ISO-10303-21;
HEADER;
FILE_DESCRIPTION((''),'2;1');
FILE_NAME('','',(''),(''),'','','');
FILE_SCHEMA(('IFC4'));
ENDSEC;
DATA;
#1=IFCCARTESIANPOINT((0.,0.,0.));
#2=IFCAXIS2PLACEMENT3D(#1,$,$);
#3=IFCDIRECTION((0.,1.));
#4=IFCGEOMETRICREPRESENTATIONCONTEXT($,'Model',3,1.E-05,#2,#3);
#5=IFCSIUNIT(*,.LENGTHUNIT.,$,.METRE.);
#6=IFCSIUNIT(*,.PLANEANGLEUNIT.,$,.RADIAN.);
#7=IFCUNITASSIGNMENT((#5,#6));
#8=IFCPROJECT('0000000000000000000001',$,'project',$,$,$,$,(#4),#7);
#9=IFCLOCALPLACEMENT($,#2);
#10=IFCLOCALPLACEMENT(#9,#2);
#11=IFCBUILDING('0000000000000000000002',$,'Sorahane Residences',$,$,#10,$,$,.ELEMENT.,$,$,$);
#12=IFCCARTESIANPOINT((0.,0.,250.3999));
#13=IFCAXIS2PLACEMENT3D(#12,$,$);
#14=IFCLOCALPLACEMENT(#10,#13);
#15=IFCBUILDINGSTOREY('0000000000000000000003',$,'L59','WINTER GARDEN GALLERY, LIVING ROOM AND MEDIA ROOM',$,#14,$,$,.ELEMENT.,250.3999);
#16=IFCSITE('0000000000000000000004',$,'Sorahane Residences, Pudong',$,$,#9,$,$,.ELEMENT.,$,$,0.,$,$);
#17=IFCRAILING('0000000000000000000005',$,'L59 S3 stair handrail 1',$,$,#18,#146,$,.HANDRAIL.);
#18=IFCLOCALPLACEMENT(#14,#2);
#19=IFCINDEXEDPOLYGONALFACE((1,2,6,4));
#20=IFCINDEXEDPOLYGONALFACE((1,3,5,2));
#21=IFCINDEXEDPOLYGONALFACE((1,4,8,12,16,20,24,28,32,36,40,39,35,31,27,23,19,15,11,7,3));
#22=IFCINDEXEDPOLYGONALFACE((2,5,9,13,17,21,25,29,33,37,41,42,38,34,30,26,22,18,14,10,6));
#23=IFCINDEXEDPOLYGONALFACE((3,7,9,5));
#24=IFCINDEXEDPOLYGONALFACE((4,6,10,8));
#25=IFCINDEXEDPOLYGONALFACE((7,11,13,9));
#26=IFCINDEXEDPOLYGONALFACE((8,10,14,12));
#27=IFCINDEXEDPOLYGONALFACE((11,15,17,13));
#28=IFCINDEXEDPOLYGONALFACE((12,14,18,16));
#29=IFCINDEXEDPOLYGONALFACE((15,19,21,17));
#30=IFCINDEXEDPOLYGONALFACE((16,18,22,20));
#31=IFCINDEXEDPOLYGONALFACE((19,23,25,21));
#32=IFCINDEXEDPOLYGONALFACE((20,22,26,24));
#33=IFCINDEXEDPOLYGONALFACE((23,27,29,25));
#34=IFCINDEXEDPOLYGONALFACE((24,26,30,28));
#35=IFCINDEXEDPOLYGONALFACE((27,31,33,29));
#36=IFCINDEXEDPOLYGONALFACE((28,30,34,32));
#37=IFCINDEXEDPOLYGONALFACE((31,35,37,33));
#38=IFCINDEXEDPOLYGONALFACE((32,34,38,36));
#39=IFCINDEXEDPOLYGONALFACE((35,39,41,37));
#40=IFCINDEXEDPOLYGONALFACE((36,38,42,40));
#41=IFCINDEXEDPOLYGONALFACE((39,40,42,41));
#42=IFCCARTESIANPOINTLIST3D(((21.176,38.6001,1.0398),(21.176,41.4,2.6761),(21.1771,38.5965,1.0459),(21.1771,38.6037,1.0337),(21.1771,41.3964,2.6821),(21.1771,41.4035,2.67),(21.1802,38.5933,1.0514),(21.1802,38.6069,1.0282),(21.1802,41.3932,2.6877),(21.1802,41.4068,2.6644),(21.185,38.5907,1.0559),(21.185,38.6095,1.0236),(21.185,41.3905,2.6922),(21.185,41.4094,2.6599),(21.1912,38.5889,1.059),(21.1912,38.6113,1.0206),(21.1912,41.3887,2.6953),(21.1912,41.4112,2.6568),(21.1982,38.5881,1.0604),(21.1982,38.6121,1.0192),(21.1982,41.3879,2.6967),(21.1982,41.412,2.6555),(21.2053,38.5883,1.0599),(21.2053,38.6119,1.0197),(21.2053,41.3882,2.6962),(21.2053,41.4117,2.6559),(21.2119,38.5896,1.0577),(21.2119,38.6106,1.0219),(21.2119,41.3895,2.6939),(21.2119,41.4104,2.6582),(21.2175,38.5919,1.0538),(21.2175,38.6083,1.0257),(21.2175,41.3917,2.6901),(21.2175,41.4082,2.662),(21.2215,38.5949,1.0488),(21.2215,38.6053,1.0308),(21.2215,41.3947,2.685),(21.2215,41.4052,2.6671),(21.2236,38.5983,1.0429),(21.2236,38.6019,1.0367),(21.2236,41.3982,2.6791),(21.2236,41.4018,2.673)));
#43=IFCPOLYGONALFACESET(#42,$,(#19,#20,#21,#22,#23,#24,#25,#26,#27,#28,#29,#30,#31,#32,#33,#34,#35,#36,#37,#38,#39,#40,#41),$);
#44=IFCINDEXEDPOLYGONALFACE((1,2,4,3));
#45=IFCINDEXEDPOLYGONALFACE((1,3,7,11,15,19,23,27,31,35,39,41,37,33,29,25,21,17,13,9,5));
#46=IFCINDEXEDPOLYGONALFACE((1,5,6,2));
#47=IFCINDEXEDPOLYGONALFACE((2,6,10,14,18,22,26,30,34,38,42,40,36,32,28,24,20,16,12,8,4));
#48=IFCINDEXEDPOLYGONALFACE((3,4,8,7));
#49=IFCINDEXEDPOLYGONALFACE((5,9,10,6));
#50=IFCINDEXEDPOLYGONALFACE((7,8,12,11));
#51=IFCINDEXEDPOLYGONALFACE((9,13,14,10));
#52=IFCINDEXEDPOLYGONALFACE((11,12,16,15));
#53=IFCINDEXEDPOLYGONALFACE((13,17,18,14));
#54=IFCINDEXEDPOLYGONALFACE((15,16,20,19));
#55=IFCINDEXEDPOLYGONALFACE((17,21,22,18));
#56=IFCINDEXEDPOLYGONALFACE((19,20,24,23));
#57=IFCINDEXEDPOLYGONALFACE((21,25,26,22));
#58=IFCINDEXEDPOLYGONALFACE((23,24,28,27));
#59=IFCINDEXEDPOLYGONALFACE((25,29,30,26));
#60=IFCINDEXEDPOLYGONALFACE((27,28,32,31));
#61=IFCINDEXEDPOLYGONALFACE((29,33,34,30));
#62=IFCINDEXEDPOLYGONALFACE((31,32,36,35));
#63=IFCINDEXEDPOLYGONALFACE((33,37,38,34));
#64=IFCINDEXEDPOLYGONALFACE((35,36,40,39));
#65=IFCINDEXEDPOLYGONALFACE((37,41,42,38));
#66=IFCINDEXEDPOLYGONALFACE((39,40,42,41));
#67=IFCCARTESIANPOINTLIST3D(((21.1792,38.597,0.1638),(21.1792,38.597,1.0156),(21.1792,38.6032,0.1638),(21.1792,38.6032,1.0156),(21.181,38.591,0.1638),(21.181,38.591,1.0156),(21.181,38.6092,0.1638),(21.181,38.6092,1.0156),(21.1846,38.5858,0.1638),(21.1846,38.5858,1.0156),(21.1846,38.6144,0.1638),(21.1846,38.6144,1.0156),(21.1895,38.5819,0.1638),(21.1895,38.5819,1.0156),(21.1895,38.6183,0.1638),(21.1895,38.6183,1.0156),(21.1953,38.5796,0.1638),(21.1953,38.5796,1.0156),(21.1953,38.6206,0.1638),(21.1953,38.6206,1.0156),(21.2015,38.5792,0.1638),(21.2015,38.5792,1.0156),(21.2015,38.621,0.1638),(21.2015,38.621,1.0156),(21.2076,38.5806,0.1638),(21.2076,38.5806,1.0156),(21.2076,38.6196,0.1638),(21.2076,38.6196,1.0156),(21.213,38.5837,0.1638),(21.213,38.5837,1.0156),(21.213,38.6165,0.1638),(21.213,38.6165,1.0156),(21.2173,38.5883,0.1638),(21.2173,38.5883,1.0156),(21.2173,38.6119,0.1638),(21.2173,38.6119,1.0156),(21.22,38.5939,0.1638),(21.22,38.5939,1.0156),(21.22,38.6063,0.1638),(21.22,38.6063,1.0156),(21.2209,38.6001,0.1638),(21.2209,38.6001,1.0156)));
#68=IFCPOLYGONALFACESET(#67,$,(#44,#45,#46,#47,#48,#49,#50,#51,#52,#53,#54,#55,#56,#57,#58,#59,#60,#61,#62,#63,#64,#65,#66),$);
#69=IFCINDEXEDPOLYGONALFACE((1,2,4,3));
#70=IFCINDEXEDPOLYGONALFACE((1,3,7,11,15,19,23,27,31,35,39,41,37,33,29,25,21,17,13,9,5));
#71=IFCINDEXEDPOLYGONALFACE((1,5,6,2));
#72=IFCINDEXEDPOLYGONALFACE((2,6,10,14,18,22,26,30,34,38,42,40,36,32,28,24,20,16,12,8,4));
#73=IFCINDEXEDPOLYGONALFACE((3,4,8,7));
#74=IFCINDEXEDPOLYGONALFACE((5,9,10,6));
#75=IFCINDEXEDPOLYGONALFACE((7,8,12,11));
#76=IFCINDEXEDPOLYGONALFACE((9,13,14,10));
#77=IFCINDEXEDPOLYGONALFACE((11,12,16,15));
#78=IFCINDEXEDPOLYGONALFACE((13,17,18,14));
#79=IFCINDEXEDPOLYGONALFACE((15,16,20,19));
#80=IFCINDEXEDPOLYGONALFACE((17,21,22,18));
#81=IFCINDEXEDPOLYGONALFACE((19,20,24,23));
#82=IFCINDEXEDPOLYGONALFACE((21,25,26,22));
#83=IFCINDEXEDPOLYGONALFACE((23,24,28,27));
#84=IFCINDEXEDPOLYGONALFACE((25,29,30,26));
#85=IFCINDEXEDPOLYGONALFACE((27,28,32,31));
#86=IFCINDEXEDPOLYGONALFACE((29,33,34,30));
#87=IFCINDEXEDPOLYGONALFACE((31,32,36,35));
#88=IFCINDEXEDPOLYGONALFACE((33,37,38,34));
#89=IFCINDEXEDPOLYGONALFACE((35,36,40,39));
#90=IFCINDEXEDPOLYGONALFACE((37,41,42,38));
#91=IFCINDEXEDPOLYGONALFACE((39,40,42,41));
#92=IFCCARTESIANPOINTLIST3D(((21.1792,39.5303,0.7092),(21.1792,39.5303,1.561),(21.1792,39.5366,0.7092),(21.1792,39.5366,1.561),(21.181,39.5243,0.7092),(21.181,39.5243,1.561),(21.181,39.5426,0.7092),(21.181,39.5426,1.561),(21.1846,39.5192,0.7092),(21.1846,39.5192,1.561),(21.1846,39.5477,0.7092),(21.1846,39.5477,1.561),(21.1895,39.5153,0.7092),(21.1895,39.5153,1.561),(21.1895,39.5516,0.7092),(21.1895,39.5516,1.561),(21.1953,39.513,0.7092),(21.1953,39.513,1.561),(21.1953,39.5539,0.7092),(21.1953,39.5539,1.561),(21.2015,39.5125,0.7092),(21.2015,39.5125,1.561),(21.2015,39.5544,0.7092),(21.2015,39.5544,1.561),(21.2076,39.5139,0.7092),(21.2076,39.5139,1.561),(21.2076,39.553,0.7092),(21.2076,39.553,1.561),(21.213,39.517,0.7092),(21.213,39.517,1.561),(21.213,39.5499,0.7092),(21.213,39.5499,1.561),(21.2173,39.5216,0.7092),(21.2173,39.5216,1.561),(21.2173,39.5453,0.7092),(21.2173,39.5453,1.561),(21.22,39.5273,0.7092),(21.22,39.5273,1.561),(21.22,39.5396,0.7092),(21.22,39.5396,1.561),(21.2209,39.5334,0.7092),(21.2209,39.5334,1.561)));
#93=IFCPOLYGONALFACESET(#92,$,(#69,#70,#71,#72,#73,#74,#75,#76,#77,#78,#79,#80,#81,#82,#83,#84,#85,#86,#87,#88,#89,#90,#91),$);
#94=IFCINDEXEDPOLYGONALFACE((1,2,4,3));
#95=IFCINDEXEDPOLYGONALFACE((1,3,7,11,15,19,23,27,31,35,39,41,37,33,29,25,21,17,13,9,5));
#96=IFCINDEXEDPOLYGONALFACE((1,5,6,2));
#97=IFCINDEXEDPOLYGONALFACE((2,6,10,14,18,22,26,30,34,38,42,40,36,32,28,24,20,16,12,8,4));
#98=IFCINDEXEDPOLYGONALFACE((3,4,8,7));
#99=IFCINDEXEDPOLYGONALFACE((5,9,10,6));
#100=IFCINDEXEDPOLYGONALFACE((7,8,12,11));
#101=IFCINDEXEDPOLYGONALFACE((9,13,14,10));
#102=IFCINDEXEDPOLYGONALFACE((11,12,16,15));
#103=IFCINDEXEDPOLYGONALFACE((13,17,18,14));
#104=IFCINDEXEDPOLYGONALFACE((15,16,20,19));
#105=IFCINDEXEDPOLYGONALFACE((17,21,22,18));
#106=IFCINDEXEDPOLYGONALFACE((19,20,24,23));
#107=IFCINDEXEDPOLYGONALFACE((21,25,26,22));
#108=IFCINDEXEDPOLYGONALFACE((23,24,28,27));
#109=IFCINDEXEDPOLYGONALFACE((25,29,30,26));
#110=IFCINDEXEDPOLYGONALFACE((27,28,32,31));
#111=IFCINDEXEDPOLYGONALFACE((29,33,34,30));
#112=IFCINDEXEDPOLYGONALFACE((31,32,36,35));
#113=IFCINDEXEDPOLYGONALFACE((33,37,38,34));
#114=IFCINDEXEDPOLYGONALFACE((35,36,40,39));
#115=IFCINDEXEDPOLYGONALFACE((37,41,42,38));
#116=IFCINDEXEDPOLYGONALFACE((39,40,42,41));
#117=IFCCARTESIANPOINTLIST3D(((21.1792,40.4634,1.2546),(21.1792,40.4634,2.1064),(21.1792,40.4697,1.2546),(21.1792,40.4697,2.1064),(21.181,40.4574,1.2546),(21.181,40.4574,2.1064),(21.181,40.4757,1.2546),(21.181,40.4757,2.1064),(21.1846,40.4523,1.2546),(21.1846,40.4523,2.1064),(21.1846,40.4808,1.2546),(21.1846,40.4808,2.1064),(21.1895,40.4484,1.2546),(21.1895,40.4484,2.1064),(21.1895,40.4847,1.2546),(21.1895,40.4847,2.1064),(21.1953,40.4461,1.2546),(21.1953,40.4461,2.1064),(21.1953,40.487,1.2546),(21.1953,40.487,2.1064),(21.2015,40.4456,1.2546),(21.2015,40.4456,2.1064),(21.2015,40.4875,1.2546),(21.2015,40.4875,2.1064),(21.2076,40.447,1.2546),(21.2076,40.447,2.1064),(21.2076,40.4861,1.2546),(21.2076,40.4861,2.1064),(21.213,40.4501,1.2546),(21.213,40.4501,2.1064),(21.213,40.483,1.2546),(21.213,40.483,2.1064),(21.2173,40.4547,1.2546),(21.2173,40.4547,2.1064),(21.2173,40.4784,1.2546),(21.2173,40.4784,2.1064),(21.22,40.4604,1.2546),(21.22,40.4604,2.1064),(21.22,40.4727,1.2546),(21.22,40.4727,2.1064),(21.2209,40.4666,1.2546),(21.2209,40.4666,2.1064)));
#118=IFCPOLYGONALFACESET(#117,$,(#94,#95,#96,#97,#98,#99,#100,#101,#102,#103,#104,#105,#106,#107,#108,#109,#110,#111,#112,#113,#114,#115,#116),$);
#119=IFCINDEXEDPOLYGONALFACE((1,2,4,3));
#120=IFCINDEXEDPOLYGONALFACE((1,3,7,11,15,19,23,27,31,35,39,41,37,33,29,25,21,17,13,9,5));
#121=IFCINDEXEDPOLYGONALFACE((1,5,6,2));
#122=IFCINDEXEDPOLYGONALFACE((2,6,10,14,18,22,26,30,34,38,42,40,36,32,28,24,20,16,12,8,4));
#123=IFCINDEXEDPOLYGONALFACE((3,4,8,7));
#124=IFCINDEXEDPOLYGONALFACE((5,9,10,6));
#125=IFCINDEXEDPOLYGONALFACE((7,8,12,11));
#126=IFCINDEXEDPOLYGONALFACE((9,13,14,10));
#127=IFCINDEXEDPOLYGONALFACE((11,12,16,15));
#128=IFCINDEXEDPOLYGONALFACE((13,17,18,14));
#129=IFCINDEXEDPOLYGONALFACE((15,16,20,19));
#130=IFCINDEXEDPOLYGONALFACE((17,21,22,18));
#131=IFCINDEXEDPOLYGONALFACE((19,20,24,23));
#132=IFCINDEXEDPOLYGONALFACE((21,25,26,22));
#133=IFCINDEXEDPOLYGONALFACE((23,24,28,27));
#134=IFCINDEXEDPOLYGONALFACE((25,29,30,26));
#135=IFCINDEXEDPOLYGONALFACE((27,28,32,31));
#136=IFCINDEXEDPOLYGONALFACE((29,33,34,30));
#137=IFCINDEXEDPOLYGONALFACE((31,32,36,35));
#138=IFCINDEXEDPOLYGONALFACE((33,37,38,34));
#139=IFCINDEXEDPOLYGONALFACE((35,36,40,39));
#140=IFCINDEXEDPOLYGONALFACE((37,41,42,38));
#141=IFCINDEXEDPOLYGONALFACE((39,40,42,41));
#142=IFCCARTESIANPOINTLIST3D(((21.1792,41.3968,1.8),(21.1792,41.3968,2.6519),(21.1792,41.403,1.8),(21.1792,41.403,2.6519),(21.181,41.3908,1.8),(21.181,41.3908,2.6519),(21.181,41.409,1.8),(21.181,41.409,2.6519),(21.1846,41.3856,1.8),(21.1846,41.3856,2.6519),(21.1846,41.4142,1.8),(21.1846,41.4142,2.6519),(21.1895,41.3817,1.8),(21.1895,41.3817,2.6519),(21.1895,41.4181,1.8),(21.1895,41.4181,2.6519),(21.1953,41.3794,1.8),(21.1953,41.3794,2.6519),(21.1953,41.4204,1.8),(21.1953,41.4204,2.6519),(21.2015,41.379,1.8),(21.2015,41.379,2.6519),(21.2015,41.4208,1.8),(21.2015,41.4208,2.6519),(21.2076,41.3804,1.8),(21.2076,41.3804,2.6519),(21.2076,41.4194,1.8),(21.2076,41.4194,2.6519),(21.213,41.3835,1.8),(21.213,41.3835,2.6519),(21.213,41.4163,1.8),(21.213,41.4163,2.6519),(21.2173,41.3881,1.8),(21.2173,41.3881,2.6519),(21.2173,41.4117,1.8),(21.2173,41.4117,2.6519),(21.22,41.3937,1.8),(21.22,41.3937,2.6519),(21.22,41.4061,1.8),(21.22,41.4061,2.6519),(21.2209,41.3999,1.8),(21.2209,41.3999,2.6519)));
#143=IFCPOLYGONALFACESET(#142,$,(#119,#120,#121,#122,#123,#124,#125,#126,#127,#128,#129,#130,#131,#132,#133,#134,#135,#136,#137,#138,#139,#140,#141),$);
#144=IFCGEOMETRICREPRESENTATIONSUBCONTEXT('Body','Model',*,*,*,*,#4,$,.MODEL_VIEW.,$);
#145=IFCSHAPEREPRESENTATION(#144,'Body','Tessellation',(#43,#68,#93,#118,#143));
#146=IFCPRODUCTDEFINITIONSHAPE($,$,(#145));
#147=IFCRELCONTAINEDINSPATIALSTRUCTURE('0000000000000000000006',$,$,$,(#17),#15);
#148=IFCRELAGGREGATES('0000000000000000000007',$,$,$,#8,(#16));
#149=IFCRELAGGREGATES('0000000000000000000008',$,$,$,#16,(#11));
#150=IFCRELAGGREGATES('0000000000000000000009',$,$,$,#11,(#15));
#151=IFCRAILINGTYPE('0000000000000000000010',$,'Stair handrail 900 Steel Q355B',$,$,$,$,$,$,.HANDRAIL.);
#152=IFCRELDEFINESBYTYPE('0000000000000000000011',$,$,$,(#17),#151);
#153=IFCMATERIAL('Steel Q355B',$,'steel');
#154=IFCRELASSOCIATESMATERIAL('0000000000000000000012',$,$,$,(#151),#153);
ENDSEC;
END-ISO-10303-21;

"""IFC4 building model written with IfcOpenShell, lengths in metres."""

from ifc_helpers import new_model, si_unit, direction, frame, origin, origin_2d, place, context, subcontext, project, spatial, circle, extrude, material, type_object, element, save


model = new_model("IFC4")

# Units and contexts
model_context = context("Model", 3, precision=1e-05, world=origin(), true_north=direction((0.0, 1.0)))
body_context = subcontext(model_context, "Body", "Model", "MODEL_VIEW")
ifc_project = project(units=[si_unit("LENGTHUNIT", "METRE"), si_unit("PLANEANGLEUNIT", "RADIAN")], contexts=[model_context])

# Site, building, storey
site_placement = place(None, origin())
site = spatial("IfcSite", under=ifc_project, at=site_placement, Name="Sorahane Residences, Pudong", CompositionType="ELEMENT", RefElevation=0.0)
building_placement = place(site_placement, origin())
building = spatial("IfcBuilding", under=site, at=building_placement, Name="Sorahane Residences", CompositionType="ELEMENT")
storey_placement = place(building_placement, frame((0.0, 0.0, 250.3999)))
storey = spatial("IfcBuildingStorey", under=building, at=storey_placement, Name="L59", Description="WINTER GARDEN GALLERY, LIVING ROOM AND MEDIA ROOM", CompositionType="ELEMENT", Elevation=250.3999)

# Railing
ifc_material_1 = material(Name="Steel Q355B", Category="steel")
railing_type_1 = type_object("IfcRailingType", Name="Stair handrail 900 Steel Q355B", PredefinedType="HANDRAIL", material=ifc_material_1)
railing_1_placement = place(storey_placement, frame((21.2, 38.6001, 0.1638)))
element("IfcRailing", 1, at=railing_1_placement, inside=storey, type_object=railing_type_1, Name="L59 S3 stair handrail 1", PredefinedType="HANDRAIL", context=body_context, shape_type="SweptSolid", body=[
    extrude(circle(Radius=0.0239, at=origin_2d()), frame((0.0, 0.0, 0.876), z_axis=(0.0, 0.863374, 0.504564), x_axis=(-1.0, 0.0, 0.0)), (0.0, 0.0, 1.0), 3.2429),
    extrude(circle(Radius=0.021, at=origin_2d()), origin(), (0.0, 0.0, 1.0), 0.8518),
    extrude(circle(Radius=0.021, at=origin_2d()), frame((0.0, 0.9333, 0.5454)), (0.0, 0.0, 1.0), 0.8518),
    extrude(circle(Radius=0.021, at=origin_2d()), frame((0.0, 1.8665, 1.0908)), (0.0, 0.0, 1.0), 0.8518),
    extrude(circle(Radius=0.021, at=origin_2d()), frame((0.0, 2.7998, 1.6362)), (0.0, 0.0, 1.0), 0.8518),
])

save(model, "model.ifc")
